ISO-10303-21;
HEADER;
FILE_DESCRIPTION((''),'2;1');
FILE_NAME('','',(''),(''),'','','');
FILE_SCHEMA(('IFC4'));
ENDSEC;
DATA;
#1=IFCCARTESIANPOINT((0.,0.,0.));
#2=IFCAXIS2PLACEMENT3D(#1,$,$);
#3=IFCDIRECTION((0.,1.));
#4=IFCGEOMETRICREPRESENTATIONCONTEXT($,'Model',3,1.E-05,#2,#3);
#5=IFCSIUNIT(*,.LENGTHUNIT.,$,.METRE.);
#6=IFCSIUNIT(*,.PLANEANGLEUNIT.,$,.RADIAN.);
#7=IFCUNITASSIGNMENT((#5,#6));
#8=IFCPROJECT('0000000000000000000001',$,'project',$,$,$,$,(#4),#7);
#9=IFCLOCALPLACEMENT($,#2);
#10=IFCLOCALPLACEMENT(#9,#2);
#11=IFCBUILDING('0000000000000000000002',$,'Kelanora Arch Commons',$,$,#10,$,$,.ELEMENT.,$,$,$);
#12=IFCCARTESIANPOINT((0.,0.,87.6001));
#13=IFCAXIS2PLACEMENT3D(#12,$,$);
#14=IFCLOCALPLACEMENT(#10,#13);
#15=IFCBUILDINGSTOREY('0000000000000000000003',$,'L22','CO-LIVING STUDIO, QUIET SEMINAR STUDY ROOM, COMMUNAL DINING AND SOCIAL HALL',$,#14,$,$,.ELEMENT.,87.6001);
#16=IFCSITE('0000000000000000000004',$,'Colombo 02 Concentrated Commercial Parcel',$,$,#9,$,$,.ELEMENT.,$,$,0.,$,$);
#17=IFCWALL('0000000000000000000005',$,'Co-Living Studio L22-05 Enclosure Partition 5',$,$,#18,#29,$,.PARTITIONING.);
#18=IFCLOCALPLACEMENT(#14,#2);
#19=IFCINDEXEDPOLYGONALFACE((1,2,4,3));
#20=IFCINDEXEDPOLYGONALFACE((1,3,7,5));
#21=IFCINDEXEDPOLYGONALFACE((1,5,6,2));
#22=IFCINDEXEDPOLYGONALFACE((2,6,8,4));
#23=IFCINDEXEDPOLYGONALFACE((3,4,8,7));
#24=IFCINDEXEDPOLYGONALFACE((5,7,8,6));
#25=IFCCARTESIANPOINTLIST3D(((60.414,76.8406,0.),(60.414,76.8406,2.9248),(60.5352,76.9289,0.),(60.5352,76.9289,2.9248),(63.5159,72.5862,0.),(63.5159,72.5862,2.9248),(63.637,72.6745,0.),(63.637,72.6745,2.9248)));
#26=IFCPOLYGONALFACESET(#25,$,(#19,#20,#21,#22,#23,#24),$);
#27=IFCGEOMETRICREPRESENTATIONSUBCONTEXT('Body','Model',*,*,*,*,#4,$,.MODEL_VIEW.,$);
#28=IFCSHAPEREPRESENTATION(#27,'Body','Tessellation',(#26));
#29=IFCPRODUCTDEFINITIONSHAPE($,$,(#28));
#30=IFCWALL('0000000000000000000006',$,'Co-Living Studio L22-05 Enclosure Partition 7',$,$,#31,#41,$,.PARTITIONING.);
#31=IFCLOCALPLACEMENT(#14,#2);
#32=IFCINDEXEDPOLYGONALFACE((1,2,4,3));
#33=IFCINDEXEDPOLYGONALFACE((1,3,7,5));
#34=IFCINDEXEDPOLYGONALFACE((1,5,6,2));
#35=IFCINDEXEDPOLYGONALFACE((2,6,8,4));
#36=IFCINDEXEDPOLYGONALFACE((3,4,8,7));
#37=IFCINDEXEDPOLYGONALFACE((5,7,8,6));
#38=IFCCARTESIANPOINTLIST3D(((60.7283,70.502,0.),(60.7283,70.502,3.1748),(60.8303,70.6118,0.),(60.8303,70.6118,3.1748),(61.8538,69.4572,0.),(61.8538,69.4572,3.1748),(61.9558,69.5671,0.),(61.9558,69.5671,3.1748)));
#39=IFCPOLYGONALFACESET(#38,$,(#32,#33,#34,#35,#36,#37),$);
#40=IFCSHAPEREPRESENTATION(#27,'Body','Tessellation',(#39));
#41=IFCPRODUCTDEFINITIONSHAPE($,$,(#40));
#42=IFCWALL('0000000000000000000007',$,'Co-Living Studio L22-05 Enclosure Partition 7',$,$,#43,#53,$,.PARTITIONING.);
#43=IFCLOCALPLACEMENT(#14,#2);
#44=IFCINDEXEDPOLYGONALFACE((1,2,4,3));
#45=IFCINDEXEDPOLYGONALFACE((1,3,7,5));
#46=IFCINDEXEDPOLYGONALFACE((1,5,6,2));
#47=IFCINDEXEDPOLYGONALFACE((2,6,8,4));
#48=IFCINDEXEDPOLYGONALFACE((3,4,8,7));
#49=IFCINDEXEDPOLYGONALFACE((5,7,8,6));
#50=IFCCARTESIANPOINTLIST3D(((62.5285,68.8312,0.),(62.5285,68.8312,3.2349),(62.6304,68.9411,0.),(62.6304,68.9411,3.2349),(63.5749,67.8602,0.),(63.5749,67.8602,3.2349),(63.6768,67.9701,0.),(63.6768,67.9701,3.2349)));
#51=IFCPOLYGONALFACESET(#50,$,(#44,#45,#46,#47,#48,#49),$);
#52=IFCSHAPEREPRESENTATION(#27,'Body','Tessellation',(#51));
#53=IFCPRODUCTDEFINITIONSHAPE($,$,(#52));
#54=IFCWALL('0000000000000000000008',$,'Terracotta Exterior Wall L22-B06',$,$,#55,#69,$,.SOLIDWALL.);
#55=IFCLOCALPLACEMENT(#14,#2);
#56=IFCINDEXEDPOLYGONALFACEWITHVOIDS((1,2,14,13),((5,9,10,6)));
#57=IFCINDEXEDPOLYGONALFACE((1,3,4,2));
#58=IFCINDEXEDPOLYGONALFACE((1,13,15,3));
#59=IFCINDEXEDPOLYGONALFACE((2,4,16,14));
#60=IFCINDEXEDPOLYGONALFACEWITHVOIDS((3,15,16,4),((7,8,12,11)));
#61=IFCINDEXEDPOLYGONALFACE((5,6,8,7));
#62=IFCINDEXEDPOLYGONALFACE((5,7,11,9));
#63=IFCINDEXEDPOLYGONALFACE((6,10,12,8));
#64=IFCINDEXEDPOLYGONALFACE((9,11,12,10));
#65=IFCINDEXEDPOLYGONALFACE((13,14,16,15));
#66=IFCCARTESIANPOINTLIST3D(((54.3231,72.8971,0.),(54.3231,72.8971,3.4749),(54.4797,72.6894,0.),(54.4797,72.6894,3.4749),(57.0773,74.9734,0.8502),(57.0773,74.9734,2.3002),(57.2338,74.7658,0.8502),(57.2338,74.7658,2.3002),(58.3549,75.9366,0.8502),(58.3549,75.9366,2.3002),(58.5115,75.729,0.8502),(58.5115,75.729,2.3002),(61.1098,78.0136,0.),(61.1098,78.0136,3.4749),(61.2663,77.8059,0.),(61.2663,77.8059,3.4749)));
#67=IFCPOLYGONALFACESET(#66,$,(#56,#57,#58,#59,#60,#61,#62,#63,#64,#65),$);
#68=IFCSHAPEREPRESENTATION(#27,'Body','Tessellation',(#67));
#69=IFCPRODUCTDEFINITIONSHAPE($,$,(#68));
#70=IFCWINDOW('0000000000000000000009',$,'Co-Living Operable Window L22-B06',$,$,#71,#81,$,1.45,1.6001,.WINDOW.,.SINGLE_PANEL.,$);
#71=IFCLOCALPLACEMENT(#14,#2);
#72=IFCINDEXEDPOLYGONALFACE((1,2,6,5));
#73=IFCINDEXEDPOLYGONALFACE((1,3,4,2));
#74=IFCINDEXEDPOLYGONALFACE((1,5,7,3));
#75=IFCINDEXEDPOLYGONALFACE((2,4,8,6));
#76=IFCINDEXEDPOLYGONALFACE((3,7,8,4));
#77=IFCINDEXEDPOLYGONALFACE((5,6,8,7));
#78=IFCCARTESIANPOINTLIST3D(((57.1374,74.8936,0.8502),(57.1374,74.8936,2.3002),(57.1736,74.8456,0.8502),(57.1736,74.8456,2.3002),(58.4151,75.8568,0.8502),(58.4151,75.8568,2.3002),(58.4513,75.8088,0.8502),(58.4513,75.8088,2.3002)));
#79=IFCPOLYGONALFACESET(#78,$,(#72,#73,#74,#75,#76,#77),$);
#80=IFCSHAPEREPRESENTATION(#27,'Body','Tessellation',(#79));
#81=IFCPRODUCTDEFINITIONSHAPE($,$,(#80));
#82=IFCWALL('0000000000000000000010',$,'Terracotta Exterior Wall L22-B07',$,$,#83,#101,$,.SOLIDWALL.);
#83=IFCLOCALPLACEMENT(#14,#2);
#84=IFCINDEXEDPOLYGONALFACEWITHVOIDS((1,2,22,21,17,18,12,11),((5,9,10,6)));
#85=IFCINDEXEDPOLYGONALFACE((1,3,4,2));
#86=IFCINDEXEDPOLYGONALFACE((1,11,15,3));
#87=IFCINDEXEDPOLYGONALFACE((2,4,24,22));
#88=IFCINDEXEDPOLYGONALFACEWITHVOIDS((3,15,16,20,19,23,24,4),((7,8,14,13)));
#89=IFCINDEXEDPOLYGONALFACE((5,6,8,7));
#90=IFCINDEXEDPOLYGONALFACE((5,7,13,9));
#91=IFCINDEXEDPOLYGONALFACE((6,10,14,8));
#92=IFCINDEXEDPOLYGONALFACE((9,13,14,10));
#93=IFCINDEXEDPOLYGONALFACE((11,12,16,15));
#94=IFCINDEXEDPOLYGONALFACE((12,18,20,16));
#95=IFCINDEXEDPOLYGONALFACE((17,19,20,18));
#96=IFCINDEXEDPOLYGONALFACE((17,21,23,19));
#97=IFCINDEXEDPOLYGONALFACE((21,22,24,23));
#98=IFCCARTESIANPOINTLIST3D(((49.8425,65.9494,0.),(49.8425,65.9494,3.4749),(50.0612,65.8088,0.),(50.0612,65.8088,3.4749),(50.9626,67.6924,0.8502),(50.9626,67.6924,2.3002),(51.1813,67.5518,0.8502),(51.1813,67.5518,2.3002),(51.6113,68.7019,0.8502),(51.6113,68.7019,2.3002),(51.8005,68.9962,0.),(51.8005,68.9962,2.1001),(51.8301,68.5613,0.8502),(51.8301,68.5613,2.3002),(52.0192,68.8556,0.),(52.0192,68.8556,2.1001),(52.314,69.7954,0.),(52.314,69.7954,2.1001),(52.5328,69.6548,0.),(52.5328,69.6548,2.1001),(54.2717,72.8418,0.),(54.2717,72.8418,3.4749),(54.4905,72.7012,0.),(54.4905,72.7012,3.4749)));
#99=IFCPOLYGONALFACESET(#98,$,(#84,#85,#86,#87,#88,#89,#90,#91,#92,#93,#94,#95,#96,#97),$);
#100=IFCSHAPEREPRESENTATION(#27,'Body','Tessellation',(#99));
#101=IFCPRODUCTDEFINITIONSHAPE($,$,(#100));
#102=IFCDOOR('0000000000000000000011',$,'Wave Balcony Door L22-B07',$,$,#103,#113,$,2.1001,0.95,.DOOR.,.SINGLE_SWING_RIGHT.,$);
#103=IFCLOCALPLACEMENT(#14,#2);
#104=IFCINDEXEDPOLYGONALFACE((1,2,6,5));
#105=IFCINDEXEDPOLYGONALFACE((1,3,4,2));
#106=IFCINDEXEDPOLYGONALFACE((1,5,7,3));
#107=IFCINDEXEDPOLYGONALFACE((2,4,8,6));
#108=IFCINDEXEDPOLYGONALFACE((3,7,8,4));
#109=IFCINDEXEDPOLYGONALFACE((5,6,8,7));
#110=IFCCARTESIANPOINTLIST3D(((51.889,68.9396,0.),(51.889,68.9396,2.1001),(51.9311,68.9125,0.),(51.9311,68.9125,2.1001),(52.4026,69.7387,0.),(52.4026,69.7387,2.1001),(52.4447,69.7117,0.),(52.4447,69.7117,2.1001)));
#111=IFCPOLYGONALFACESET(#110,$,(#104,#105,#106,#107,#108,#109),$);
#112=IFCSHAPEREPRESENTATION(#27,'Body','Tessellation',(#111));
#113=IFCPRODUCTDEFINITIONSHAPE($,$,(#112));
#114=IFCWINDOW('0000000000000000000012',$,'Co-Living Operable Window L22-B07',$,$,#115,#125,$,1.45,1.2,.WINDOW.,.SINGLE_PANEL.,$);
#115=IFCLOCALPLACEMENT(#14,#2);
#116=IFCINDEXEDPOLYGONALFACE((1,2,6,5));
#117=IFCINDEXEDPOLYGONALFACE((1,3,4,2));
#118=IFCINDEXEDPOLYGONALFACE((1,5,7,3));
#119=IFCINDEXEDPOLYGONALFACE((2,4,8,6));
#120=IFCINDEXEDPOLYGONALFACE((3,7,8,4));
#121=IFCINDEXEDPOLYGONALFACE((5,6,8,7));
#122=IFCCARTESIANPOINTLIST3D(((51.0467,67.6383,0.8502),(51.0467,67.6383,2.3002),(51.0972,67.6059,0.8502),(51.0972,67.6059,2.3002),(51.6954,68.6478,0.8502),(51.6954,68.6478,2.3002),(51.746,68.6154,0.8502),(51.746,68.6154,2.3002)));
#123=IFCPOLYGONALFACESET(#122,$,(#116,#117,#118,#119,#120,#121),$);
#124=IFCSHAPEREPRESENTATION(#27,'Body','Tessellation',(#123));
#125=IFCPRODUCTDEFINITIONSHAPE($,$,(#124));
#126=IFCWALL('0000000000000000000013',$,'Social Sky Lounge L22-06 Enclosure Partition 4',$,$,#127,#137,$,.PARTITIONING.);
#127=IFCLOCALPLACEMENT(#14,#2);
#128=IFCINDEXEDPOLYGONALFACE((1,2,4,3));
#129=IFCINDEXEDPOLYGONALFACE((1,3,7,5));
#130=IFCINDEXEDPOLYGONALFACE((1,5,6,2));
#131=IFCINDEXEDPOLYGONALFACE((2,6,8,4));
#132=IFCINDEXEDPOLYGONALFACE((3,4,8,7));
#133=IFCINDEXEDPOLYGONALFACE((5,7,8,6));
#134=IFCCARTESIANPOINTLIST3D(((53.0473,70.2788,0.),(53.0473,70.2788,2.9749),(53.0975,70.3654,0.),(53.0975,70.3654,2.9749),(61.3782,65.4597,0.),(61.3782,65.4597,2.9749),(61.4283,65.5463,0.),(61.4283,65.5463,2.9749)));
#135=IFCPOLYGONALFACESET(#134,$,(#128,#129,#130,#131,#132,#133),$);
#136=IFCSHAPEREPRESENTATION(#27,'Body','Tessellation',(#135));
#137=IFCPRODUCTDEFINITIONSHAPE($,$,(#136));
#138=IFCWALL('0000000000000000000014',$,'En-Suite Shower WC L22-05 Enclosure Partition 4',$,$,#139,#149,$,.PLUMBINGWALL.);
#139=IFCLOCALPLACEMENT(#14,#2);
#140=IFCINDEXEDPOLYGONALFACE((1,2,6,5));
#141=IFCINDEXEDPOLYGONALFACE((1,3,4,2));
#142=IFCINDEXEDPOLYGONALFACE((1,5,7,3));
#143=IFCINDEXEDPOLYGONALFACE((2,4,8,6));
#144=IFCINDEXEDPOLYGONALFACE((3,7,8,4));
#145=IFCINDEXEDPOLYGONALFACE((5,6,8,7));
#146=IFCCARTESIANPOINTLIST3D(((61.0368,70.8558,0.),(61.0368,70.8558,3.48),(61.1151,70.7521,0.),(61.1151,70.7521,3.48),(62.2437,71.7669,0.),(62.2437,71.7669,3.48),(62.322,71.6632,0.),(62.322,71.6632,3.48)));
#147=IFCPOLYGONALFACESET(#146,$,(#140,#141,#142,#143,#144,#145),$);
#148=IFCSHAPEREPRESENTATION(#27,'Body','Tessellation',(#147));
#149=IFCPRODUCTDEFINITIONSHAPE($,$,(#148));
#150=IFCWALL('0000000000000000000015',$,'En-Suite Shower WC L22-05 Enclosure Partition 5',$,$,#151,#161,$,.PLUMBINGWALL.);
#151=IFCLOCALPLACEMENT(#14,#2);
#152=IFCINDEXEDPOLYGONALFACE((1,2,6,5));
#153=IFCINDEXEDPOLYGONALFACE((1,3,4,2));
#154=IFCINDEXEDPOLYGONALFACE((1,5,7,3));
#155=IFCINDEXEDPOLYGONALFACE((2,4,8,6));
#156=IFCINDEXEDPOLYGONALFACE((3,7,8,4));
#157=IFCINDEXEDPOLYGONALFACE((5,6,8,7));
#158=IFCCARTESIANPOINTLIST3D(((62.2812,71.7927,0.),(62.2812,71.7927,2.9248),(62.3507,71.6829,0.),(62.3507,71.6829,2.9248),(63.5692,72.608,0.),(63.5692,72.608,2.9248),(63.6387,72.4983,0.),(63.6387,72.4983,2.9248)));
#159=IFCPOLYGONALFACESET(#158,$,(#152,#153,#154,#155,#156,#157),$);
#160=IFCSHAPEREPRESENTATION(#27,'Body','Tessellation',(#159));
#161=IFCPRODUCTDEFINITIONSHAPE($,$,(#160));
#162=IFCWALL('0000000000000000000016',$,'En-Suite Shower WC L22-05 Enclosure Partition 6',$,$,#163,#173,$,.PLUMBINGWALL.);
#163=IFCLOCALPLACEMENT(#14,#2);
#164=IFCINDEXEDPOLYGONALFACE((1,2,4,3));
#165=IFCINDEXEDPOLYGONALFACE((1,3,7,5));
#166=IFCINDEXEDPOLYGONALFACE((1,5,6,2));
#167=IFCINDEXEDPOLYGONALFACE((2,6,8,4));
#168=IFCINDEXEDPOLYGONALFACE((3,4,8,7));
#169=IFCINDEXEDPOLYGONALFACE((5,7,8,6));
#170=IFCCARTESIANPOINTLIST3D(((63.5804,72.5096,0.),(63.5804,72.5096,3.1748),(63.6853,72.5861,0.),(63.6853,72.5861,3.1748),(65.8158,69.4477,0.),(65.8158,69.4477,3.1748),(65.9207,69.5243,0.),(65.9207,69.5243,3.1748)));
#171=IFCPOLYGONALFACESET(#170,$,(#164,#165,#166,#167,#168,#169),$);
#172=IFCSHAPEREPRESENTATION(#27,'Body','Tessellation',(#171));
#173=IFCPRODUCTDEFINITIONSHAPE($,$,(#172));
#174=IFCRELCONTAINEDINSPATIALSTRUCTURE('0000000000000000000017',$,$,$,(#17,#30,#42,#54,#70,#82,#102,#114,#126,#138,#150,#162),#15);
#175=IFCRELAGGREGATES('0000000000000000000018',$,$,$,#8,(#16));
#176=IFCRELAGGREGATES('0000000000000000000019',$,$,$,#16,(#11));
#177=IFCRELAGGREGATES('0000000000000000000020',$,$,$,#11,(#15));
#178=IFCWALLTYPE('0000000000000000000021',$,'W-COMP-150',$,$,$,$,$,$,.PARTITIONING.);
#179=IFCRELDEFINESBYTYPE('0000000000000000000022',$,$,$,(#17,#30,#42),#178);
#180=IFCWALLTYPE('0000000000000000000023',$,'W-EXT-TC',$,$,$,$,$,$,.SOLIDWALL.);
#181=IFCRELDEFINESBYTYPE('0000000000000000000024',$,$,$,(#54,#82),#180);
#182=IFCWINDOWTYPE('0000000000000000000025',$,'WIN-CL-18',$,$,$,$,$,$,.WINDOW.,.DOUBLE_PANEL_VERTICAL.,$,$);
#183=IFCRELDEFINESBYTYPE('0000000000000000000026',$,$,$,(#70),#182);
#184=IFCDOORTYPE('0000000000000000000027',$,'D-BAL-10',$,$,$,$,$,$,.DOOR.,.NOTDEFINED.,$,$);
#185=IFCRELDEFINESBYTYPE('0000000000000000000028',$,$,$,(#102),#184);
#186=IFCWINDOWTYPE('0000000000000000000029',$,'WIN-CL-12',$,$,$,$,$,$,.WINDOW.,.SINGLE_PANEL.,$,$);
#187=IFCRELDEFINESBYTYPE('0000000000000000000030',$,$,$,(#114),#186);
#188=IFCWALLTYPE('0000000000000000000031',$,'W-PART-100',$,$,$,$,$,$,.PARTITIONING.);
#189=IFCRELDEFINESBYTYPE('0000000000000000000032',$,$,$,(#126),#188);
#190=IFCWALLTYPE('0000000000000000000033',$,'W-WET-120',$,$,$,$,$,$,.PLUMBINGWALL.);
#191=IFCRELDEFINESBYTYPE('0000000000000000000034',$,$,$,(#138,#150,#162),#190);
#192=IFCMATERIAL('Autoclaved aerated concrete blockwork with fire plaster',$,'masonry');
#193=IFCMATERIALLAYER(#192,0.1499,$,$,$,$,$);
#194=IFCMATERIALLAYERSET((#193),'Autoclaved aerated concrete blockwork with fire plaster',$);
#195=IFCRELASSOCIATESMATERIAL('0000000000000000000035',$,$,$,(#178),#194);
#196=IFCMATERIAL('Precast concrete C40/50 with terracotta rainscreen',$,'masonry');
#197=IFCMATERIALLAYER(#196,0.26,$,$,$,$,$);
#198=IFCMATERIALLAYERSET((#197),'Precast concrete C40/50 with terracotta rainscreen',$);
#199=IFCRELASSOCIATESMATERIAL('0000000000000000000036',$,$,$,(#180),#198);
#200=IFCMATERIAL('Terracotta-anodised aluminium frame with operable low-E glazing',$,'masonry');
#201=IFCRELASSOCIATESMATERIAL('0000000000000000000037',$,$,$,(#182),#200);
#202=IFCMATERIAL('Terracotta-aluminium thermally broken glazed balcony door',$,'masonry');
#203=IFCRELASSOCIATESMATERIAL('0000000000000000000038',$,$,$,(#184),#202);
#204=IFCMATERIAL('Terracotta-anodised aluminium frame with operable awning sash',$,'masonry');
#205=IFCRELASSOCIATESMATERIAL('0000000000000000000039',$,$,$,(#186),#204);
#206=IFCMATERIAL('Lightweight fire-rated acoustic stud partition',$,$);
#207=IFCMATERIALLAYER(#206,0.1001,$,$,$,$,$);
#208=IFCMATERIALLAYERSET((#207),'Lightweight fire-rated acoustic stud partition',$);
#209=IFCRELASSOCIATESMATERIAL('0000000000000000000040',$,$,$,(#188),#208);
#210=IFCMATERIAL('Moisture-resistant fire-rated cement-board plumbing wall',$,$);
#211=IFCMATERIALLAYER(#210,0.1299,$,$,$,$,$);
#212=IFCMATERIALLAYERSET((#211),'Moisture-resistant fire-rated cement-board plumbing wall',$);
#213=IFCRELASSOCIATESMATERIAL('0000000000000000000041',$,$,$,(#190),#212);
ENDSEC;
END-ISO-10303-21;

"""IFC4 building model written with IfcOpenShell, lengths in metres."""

from ifc_helpers import new_model, si_unit, direction, frame, frame_2d, origin, place, context, subcontext, project, spatial, rectangle, extrude, material, layer, layer_set, type_object, element, fill, save


model = new_model("IFC4")

# Units and contexts
model_context = context("Model", 3, precision=1e-05, world=origin(), true_north=direction((0.0, 1.0)))
body_context = subcontext(model_context, "Body", "Model", "MODEL_VIEW")
ifc_project = project(units=[si_unit("LENGTHUNIT", "METRE"), si_unit("PLANEANGLEUNIT", "RADIAN")], contexts=[model_context])

# Site, building, storey
site_placement = place(None, origin())
site = spatial("IfcSite", under=ifc_project, at=site_placement, Name="Colombo 02 Concentrated Commercial Parcel", CompositionType="ELEMENT", RefElevation=0.0)
building_placement = place(site_placement, origin())
building = spatial("IfcBuilding", under=site, at=building_placement, Name="Kelanora Arch Commons", CompositionType="ELEMENT")
storey_placement = place(building_placement, frame((0.0, 0.0, 87.6001)))
storey = spatial("IfcBuildingStorey", under=building, at=storey_placement, Name="L22", Description="CO-LIVING STUDIO, QUIET SEMINAR STUDY ROOM, COMMUNAL DINING AND SOCIAL HALL", CompositionType="ELEMENT", Elevation=87.6001)

# Shared definitions
ifc_material_1 = material(Name="Autoclaved aerated concrete blockwork with fire plaster", Category="masonry")
ifc_layer_1 = layer(ifc_material_1, 0.1499)
ifc_layer_set_1 = layer_set([ifc_layer_1], Name="Autoclaved aerated concrete blockwork with fire plaster")
wall_type_1 = type_object("IfcWallType", Name="W-COMP-150", PredefinedType="PARTITIONING", material=ifc_layer_set_1)

# Walls
wall_1_placement = place(storey_placement, frame((60.4746, 76.8848, 0.0), z_axis=(0.0, 0.0, 1.0), x_axis=(0.589128, -0.80804, 0.0)))
element("IfcWall", 1, at=wall_1_placement, inside=storey, type_object=wall_type_1, Name="Co-Living Studio L22-05 Enclosure Partition 5", PredefinedType="PARTITIONING", context=body_context, shape_type="SweptSolid", body=[
    extrude(rectangle(XDim=5.2651, YDim=0.1499, at=frame_2d((2.6326, 0.0))), origin(), (0.0, 0.0, 1.0), 2.9248),
])
wall_2_placement = place(storey_placement, frame((60.7793, 70.5569, 0.0), z_axis=(0.0, 0.0, 1.0), x_axis=(0.732929, -0.680305, 0.0)))
element("IfcWall", 2, at=wall_2_placement, inside=storey, type_object=wall_type_1, Name="Co-Living Studio L22-05 Enclosure Partition 7", PredefinedType="PARTITIONING", context=body_context, shape_type="SweptSolid", body=[
    extrude(rectangle(XDim=1.5356, YDim=0.1499, at=frame_2d((0.7678, 0.0))), origin(), (0.0, 0.0, 1.0), 3.1748),
])
wall_3_placement = place(storey_placement, frame((62.5793, 68.8862, 0.0), z_axis=(0.0, 0.0, 1.0), x_axis=(0.733037, -0.680189, 0.0)))
element("IfcWall", 3, at=wall_3_placement, inside=storey, type_object=wall_type_1, Name="Co-Living Studio L22-05 Enclosure Partition 7", PredefinedType="PARTITIONING", context=body_context, shape_type="SweptSolid", body=[
    extrude(rectangle(XDim=1.4275, YDim=0.1499, at=frame_2d((0.7139, 0.0))), origin(), (0.0, 0.0, 1.0), 3.2349),
])

# Wall, opening, window
ifc_material_2 = material(Name="Precast concrete C40/50 with terracotta rainscreen", Category="masonry")
ifc_layer_2 = layer(ifc_material_2, 0.26)
ifc_layer_set_2 = layer_set([ifc_layer_2], Name="Precast concrete C40/50 with terracotta rainscreen")
wall_type_2 = type_object("IfcWallType", Name="W-EXT-TC", PredefinedType="SOLIDWALL", material=ifc_layer_set_2)
wall_4_placement = place(storey_placement, frame((61.188, 77.9097, 0.0), z_axis=(0.0, 0.0, 1.0), x_axis=(-0.798502, -0.601993, 0.0)))
wall_4 = element("IfcWall", 4, at=wall_4_placement, inside=storey, type_object=wall_type_2, Name="Terracotta Exterior Wall L22-B06", PredefinedType="SOLIDWALL", context=body_context, shape_type="SweptSolid", body=[
    extrude(rectangle(XDim=8.4993, YDim=0.26, at=frame_2d((4.2495, 0.0))), origin(), (0.0, 0.0, 1.0), 3.4749),
])
opening_1_placement = place(wall_4_placement, frame((3.45, 0.0, 0.8501)))
opening_1 = element("IfcOpeningElement", 5, at=opening_1_placement, cuts=wall_4, PredefinedType="OPENING", context=body_context, shape_type="SweptSolid", body=[
    extrude(rectangle(XDim=1.6001, YDim=1.45, at=frame_2d((0.8, 0.7251))), frame((0.0, 0.1401, 0.0), z_axis=(0.0, -1.0, 0.0), x_axis=(1.0, 0.0, 0.0)), (0.0, 0.0, 1.0), 0.28),
])
ifc_material_3 = material(Name="Terracotta-anodised aluminium frame with operable low-E glazing", Category="masonry")
window_type_1 = type_object("IfcWindowType", Name="WIN-CL-18", PartitioningType="DOUBLE_PANEL_VERTICAL", PredefinedType="WINDOW", material=ifc_material_3)
window_1_placement = place(opening_1_placement, origin())
window_1 = element("IfcWindow", 6, at=window_1_placement, inside=storey, type_object=window_type_1, Name="Co-Living Operable Window L22-B06", OverallHeight=1.45, OverallWidth=1.6001, PartitioningType="SINGLE_PANEL", PredefinedType="WINDOW", context=body_context, shape_type="SweptSolid", body=[
    extrude(rectangle(XDim=1.6001, YDim=1.45, at=frame_2d((0.8, 0.7251))), frame((0.0, 0.03, 0.0), z_axis=(0.0, -1.0, 0.0), x_axis=(1.0, 0.0, 0.0)), (0.0, 0.0, 1.0), 0.0601),
])
fill(opening_1, window_1)

# Wall, openings, door, window
wall_5_placement = place(storey_placement, frame((54.3811, 72.7715, 0.0), z_axis=(0.0, 0.0, 1.0), x_axis=(-0.540621, -0.841267, 0.0)))
wall_5 = element("IfcWall", 7, at=wall_5_placement, inside=storey, type_object=wall_type_2, Name="Terracotta Exterior Wall L22-B07", PredefinedType="SOLIDWALL", context=body_context, shape_type="SweptSolid", body=[
    extrude(rectangle(XDim=8.1929, YDim=0.26, at=frame_2d((4.0964, 0.0))), origin(), (0.0, 0.0, 1.0), 3.4749),
])
opening_2_placement = place(wall_5_placement, frame((3.6211, 0.0, 0.0)))
opening_2 = element("IfcOpeningElement", 8, at=opening_2_placement, cuts=wall_5, PredefinedType="OPENING", context=body_context, shape_type="SweptSolid", body=[
    extrude(rectangle(XDim=0.95, YDim=2.1001, at=frame_2d((0.4751, 1.05))), frame((0.0, 0.1401, 0.0), z_axis=(0.0, -1.0, 0.0), x_axis=(1.0, 0.0, 0.0)), (0.0, 0.0, 1.0), 0.28),
])
opening_3_placement = place(wall_5_placement, frame((4.9209, 0.0, 0.8501)))
opening_3 = element("IfcOpeningElement", 9, at=opening_3_placement, cuts=wall_5, PredefinedType="OPENING", context=body_context, shape_type="SweptSolid", body=[
    extrude(rectangle(XDim=1.2, YDim=1.45, at=frame_2d((0.6001, 0.7251))), frame((0.0, 0.1401, 0.0), z_axis=(0.0, -1.0, 0.0), x_axis=(1.0, 0.0, 0.0)), (0.0, 0.0, 1.0), 0.28),
])
ifc_material_4 = material(Name="Terracotta-aluminium thermally broken glazed balcony door", Category="masonry")
door_type_1 = type_object("IfcDoorType", Name="D-BAL-10", OperationType="NOTDEFINED", PredefinedType="DOOR", material=ifc_material_4)
door_1_placement = place(opening_2_placement, frame((0.95, 0.0, 0.0), z_axis=(0.0, 0.0, 1.0), x_axis=(-1.0, 0.0, 0.0)))
door_1 = element("IfcDoor", 10, at=door_1_placement, inside=storey, type_object=door_type_1, Name="Wave Balcony Door L22-B07", OperationType="SINGLE_SWING_RIGHT", OverallHeight=2.1001, OverallWidth=0.95, PredefinedType="DOOR", context=body_context, shape_type="SweptSolid", body=[
    extrude(rectangle(XDim=0.95, YDim=2.1001, at=frame_2d((0.4751, 1.05))), frame((0.0, 0.0249, 0.0), z_axis=(0.0, -1.0, 0.0), x_axis=(1.0, 0.0, 0.0)), (0.0, 0.0, 1.0), 0.05),
])
fill(opening_2, door_1)
ifc_material_5 = material(Name="Terracotta-anodised aluminium frame with operable awning sash", Category="masonry")
window_type_2 = type_object("IfcWindowType", Name="WIN-CL-12", PartitioningType="SINGLE_PANEL", PredefinedType="WINDOW", material=ifc_material_5)
window_2_placement = place(opening_3_placement, origin())
window_2 = element("IfcWindow", 11, at=window_2_placement, inside=storey, type_object=window_type_2, Name="Co-Living Operable Window L22-B07", OverallHeight=1.45, OverallWidth=1.2, PartitioningType="SINGLE_PANEL", PredefinedType="WINDOW", context=body_context, shape_type="SweptSolid", body=[
    extrude(rectangle(XDim=1.2, YDim=1.45, at=frame_2d((0.6001, 0.7251))), frame((0.0, 0.03, 0.0), z_axis=(0.0, -1.0, 0.0), x_axis=(1.0, 0.0, 0.0)), (0.0, 0.0, 1.0), 0.0601),
])
fill(opening_3, window_2)

# Walls
ifc_material_6 = material(Name="Lightweight fire-rated acoustic stud partition")
ifc_layer_3 = layer(ifc_material_6, 0.1001)
ifc_layer_set_3 = layer_set([ifc_layer_3], Name="Lightweight fire-rated acoustic stud partition")
wall_type_3 = type_object("IfcWallType", Name="W-PART-100", PredefinedType="PARTITIONING", material=ifc_layer_set_3)
wall_6_placement = place(storey_placement, frame((53.0725, 70.322, 0.0), z_axis=(0.0, 0.0, 1.0), x_axis=(0.865607, -0.500724, 0.0)))
element("IfcWall", 12, at=wall_6_placement, inside=storey, type_object=wall_type_3, Name="Social Sky Lounge L22-06 Enclosure Partition 4", PredefinedType="PARTITIONING", context=body_context, shape_type="SweptSolid", body=[
    extrude(rectangle(XDim=9.6243, YDim=0.1001, at=frame_2d((4.812, 0.0))), origin(), (0.0, 0.0, 1.0), 2.9749),
])
ifc_material_7 = material(Name="Moisture-resistant fire-rated cement-board plumbing wall")
ifc_layer_4 = layer(ifc_material_7, 0.1299)
ifc_layer_set_4 = layer_set([ifc_layer_4], Name="Moisture-resistant fire-rated cement-board plumbing wall")
wall_type_4 = type_object("IfcWallType", Name="W-WET-120", PredefinedType="PLUMBINGWALL", material=ifc_layer_set_4)
wall_7_placement = place(storey_placement, frame((61.0759, 70.804, 0.0), z_axis=(0.0, 0.0, 1.0), x_axis=(0.798136, 0.602477, 0.0)))
element("IfcWall", 13, at=wall_7_placement, inside=storey, type_object=wall_type_4, Name="En-Suite Shower WC L22-05 Enclosure Partition 4", PredefinedType="PLUMBINGWALL", context=body_context, shape_type="SweptSolid", body=[
    extrude(rectangle(XDim=1.5122, YDim=0.1299, at=frame_2d((0.7561, 0.0))), origin(), (0.0, 0.0, 1.0), 3.48),
])
wall_8_placement = place(storey_placement, frame((62.3159, 71.7378, 0.0), z_axis=(0.0, 0.0, 1.0), x_axis=(0.844925, 0.534884, 0.0)))
element("IfcWall", 14, at=wall_8_placement, inside=storey, type_object=wall_type_4, Name="En-Suite Shower WC L22-05 Enclosure Partition 5", PredefinedType="PLUMBINGWALL", context=body_context, shape_type="SweptSolid", body=[
    extrude(rectangle(XDim=1.5244, YDim=0.1299, at=frame_2d((0.7622, 0.0))), origin(), (0.0, 0.0, 1.0), 2.9248),
])
wall_9_placement = place(storey_placement, frame((63.6328, 72.5479, 0.0), z_axis=(0.0, 0.0, 1.0), x_axis=(0.589656, -0.807654, 0.0)))
element("IfcWall", 15, at=wall_9_placement, inside=storey, type_object=wall_type_4, Name="En-Suite Shower WC L22-05 Enclosure Partition 6", PredefinedType="PLUMBINGWALL", context=body_context, shape_type="SweptSolid", body=[
    extrude(rectangle(XDim=3.791, YDim=0.1299, at=frame_2d((1.8955, 0.0))), origin(), (0.0, 0.0, 1.0), 3.1748),
])

save(model, "model.ifc")
